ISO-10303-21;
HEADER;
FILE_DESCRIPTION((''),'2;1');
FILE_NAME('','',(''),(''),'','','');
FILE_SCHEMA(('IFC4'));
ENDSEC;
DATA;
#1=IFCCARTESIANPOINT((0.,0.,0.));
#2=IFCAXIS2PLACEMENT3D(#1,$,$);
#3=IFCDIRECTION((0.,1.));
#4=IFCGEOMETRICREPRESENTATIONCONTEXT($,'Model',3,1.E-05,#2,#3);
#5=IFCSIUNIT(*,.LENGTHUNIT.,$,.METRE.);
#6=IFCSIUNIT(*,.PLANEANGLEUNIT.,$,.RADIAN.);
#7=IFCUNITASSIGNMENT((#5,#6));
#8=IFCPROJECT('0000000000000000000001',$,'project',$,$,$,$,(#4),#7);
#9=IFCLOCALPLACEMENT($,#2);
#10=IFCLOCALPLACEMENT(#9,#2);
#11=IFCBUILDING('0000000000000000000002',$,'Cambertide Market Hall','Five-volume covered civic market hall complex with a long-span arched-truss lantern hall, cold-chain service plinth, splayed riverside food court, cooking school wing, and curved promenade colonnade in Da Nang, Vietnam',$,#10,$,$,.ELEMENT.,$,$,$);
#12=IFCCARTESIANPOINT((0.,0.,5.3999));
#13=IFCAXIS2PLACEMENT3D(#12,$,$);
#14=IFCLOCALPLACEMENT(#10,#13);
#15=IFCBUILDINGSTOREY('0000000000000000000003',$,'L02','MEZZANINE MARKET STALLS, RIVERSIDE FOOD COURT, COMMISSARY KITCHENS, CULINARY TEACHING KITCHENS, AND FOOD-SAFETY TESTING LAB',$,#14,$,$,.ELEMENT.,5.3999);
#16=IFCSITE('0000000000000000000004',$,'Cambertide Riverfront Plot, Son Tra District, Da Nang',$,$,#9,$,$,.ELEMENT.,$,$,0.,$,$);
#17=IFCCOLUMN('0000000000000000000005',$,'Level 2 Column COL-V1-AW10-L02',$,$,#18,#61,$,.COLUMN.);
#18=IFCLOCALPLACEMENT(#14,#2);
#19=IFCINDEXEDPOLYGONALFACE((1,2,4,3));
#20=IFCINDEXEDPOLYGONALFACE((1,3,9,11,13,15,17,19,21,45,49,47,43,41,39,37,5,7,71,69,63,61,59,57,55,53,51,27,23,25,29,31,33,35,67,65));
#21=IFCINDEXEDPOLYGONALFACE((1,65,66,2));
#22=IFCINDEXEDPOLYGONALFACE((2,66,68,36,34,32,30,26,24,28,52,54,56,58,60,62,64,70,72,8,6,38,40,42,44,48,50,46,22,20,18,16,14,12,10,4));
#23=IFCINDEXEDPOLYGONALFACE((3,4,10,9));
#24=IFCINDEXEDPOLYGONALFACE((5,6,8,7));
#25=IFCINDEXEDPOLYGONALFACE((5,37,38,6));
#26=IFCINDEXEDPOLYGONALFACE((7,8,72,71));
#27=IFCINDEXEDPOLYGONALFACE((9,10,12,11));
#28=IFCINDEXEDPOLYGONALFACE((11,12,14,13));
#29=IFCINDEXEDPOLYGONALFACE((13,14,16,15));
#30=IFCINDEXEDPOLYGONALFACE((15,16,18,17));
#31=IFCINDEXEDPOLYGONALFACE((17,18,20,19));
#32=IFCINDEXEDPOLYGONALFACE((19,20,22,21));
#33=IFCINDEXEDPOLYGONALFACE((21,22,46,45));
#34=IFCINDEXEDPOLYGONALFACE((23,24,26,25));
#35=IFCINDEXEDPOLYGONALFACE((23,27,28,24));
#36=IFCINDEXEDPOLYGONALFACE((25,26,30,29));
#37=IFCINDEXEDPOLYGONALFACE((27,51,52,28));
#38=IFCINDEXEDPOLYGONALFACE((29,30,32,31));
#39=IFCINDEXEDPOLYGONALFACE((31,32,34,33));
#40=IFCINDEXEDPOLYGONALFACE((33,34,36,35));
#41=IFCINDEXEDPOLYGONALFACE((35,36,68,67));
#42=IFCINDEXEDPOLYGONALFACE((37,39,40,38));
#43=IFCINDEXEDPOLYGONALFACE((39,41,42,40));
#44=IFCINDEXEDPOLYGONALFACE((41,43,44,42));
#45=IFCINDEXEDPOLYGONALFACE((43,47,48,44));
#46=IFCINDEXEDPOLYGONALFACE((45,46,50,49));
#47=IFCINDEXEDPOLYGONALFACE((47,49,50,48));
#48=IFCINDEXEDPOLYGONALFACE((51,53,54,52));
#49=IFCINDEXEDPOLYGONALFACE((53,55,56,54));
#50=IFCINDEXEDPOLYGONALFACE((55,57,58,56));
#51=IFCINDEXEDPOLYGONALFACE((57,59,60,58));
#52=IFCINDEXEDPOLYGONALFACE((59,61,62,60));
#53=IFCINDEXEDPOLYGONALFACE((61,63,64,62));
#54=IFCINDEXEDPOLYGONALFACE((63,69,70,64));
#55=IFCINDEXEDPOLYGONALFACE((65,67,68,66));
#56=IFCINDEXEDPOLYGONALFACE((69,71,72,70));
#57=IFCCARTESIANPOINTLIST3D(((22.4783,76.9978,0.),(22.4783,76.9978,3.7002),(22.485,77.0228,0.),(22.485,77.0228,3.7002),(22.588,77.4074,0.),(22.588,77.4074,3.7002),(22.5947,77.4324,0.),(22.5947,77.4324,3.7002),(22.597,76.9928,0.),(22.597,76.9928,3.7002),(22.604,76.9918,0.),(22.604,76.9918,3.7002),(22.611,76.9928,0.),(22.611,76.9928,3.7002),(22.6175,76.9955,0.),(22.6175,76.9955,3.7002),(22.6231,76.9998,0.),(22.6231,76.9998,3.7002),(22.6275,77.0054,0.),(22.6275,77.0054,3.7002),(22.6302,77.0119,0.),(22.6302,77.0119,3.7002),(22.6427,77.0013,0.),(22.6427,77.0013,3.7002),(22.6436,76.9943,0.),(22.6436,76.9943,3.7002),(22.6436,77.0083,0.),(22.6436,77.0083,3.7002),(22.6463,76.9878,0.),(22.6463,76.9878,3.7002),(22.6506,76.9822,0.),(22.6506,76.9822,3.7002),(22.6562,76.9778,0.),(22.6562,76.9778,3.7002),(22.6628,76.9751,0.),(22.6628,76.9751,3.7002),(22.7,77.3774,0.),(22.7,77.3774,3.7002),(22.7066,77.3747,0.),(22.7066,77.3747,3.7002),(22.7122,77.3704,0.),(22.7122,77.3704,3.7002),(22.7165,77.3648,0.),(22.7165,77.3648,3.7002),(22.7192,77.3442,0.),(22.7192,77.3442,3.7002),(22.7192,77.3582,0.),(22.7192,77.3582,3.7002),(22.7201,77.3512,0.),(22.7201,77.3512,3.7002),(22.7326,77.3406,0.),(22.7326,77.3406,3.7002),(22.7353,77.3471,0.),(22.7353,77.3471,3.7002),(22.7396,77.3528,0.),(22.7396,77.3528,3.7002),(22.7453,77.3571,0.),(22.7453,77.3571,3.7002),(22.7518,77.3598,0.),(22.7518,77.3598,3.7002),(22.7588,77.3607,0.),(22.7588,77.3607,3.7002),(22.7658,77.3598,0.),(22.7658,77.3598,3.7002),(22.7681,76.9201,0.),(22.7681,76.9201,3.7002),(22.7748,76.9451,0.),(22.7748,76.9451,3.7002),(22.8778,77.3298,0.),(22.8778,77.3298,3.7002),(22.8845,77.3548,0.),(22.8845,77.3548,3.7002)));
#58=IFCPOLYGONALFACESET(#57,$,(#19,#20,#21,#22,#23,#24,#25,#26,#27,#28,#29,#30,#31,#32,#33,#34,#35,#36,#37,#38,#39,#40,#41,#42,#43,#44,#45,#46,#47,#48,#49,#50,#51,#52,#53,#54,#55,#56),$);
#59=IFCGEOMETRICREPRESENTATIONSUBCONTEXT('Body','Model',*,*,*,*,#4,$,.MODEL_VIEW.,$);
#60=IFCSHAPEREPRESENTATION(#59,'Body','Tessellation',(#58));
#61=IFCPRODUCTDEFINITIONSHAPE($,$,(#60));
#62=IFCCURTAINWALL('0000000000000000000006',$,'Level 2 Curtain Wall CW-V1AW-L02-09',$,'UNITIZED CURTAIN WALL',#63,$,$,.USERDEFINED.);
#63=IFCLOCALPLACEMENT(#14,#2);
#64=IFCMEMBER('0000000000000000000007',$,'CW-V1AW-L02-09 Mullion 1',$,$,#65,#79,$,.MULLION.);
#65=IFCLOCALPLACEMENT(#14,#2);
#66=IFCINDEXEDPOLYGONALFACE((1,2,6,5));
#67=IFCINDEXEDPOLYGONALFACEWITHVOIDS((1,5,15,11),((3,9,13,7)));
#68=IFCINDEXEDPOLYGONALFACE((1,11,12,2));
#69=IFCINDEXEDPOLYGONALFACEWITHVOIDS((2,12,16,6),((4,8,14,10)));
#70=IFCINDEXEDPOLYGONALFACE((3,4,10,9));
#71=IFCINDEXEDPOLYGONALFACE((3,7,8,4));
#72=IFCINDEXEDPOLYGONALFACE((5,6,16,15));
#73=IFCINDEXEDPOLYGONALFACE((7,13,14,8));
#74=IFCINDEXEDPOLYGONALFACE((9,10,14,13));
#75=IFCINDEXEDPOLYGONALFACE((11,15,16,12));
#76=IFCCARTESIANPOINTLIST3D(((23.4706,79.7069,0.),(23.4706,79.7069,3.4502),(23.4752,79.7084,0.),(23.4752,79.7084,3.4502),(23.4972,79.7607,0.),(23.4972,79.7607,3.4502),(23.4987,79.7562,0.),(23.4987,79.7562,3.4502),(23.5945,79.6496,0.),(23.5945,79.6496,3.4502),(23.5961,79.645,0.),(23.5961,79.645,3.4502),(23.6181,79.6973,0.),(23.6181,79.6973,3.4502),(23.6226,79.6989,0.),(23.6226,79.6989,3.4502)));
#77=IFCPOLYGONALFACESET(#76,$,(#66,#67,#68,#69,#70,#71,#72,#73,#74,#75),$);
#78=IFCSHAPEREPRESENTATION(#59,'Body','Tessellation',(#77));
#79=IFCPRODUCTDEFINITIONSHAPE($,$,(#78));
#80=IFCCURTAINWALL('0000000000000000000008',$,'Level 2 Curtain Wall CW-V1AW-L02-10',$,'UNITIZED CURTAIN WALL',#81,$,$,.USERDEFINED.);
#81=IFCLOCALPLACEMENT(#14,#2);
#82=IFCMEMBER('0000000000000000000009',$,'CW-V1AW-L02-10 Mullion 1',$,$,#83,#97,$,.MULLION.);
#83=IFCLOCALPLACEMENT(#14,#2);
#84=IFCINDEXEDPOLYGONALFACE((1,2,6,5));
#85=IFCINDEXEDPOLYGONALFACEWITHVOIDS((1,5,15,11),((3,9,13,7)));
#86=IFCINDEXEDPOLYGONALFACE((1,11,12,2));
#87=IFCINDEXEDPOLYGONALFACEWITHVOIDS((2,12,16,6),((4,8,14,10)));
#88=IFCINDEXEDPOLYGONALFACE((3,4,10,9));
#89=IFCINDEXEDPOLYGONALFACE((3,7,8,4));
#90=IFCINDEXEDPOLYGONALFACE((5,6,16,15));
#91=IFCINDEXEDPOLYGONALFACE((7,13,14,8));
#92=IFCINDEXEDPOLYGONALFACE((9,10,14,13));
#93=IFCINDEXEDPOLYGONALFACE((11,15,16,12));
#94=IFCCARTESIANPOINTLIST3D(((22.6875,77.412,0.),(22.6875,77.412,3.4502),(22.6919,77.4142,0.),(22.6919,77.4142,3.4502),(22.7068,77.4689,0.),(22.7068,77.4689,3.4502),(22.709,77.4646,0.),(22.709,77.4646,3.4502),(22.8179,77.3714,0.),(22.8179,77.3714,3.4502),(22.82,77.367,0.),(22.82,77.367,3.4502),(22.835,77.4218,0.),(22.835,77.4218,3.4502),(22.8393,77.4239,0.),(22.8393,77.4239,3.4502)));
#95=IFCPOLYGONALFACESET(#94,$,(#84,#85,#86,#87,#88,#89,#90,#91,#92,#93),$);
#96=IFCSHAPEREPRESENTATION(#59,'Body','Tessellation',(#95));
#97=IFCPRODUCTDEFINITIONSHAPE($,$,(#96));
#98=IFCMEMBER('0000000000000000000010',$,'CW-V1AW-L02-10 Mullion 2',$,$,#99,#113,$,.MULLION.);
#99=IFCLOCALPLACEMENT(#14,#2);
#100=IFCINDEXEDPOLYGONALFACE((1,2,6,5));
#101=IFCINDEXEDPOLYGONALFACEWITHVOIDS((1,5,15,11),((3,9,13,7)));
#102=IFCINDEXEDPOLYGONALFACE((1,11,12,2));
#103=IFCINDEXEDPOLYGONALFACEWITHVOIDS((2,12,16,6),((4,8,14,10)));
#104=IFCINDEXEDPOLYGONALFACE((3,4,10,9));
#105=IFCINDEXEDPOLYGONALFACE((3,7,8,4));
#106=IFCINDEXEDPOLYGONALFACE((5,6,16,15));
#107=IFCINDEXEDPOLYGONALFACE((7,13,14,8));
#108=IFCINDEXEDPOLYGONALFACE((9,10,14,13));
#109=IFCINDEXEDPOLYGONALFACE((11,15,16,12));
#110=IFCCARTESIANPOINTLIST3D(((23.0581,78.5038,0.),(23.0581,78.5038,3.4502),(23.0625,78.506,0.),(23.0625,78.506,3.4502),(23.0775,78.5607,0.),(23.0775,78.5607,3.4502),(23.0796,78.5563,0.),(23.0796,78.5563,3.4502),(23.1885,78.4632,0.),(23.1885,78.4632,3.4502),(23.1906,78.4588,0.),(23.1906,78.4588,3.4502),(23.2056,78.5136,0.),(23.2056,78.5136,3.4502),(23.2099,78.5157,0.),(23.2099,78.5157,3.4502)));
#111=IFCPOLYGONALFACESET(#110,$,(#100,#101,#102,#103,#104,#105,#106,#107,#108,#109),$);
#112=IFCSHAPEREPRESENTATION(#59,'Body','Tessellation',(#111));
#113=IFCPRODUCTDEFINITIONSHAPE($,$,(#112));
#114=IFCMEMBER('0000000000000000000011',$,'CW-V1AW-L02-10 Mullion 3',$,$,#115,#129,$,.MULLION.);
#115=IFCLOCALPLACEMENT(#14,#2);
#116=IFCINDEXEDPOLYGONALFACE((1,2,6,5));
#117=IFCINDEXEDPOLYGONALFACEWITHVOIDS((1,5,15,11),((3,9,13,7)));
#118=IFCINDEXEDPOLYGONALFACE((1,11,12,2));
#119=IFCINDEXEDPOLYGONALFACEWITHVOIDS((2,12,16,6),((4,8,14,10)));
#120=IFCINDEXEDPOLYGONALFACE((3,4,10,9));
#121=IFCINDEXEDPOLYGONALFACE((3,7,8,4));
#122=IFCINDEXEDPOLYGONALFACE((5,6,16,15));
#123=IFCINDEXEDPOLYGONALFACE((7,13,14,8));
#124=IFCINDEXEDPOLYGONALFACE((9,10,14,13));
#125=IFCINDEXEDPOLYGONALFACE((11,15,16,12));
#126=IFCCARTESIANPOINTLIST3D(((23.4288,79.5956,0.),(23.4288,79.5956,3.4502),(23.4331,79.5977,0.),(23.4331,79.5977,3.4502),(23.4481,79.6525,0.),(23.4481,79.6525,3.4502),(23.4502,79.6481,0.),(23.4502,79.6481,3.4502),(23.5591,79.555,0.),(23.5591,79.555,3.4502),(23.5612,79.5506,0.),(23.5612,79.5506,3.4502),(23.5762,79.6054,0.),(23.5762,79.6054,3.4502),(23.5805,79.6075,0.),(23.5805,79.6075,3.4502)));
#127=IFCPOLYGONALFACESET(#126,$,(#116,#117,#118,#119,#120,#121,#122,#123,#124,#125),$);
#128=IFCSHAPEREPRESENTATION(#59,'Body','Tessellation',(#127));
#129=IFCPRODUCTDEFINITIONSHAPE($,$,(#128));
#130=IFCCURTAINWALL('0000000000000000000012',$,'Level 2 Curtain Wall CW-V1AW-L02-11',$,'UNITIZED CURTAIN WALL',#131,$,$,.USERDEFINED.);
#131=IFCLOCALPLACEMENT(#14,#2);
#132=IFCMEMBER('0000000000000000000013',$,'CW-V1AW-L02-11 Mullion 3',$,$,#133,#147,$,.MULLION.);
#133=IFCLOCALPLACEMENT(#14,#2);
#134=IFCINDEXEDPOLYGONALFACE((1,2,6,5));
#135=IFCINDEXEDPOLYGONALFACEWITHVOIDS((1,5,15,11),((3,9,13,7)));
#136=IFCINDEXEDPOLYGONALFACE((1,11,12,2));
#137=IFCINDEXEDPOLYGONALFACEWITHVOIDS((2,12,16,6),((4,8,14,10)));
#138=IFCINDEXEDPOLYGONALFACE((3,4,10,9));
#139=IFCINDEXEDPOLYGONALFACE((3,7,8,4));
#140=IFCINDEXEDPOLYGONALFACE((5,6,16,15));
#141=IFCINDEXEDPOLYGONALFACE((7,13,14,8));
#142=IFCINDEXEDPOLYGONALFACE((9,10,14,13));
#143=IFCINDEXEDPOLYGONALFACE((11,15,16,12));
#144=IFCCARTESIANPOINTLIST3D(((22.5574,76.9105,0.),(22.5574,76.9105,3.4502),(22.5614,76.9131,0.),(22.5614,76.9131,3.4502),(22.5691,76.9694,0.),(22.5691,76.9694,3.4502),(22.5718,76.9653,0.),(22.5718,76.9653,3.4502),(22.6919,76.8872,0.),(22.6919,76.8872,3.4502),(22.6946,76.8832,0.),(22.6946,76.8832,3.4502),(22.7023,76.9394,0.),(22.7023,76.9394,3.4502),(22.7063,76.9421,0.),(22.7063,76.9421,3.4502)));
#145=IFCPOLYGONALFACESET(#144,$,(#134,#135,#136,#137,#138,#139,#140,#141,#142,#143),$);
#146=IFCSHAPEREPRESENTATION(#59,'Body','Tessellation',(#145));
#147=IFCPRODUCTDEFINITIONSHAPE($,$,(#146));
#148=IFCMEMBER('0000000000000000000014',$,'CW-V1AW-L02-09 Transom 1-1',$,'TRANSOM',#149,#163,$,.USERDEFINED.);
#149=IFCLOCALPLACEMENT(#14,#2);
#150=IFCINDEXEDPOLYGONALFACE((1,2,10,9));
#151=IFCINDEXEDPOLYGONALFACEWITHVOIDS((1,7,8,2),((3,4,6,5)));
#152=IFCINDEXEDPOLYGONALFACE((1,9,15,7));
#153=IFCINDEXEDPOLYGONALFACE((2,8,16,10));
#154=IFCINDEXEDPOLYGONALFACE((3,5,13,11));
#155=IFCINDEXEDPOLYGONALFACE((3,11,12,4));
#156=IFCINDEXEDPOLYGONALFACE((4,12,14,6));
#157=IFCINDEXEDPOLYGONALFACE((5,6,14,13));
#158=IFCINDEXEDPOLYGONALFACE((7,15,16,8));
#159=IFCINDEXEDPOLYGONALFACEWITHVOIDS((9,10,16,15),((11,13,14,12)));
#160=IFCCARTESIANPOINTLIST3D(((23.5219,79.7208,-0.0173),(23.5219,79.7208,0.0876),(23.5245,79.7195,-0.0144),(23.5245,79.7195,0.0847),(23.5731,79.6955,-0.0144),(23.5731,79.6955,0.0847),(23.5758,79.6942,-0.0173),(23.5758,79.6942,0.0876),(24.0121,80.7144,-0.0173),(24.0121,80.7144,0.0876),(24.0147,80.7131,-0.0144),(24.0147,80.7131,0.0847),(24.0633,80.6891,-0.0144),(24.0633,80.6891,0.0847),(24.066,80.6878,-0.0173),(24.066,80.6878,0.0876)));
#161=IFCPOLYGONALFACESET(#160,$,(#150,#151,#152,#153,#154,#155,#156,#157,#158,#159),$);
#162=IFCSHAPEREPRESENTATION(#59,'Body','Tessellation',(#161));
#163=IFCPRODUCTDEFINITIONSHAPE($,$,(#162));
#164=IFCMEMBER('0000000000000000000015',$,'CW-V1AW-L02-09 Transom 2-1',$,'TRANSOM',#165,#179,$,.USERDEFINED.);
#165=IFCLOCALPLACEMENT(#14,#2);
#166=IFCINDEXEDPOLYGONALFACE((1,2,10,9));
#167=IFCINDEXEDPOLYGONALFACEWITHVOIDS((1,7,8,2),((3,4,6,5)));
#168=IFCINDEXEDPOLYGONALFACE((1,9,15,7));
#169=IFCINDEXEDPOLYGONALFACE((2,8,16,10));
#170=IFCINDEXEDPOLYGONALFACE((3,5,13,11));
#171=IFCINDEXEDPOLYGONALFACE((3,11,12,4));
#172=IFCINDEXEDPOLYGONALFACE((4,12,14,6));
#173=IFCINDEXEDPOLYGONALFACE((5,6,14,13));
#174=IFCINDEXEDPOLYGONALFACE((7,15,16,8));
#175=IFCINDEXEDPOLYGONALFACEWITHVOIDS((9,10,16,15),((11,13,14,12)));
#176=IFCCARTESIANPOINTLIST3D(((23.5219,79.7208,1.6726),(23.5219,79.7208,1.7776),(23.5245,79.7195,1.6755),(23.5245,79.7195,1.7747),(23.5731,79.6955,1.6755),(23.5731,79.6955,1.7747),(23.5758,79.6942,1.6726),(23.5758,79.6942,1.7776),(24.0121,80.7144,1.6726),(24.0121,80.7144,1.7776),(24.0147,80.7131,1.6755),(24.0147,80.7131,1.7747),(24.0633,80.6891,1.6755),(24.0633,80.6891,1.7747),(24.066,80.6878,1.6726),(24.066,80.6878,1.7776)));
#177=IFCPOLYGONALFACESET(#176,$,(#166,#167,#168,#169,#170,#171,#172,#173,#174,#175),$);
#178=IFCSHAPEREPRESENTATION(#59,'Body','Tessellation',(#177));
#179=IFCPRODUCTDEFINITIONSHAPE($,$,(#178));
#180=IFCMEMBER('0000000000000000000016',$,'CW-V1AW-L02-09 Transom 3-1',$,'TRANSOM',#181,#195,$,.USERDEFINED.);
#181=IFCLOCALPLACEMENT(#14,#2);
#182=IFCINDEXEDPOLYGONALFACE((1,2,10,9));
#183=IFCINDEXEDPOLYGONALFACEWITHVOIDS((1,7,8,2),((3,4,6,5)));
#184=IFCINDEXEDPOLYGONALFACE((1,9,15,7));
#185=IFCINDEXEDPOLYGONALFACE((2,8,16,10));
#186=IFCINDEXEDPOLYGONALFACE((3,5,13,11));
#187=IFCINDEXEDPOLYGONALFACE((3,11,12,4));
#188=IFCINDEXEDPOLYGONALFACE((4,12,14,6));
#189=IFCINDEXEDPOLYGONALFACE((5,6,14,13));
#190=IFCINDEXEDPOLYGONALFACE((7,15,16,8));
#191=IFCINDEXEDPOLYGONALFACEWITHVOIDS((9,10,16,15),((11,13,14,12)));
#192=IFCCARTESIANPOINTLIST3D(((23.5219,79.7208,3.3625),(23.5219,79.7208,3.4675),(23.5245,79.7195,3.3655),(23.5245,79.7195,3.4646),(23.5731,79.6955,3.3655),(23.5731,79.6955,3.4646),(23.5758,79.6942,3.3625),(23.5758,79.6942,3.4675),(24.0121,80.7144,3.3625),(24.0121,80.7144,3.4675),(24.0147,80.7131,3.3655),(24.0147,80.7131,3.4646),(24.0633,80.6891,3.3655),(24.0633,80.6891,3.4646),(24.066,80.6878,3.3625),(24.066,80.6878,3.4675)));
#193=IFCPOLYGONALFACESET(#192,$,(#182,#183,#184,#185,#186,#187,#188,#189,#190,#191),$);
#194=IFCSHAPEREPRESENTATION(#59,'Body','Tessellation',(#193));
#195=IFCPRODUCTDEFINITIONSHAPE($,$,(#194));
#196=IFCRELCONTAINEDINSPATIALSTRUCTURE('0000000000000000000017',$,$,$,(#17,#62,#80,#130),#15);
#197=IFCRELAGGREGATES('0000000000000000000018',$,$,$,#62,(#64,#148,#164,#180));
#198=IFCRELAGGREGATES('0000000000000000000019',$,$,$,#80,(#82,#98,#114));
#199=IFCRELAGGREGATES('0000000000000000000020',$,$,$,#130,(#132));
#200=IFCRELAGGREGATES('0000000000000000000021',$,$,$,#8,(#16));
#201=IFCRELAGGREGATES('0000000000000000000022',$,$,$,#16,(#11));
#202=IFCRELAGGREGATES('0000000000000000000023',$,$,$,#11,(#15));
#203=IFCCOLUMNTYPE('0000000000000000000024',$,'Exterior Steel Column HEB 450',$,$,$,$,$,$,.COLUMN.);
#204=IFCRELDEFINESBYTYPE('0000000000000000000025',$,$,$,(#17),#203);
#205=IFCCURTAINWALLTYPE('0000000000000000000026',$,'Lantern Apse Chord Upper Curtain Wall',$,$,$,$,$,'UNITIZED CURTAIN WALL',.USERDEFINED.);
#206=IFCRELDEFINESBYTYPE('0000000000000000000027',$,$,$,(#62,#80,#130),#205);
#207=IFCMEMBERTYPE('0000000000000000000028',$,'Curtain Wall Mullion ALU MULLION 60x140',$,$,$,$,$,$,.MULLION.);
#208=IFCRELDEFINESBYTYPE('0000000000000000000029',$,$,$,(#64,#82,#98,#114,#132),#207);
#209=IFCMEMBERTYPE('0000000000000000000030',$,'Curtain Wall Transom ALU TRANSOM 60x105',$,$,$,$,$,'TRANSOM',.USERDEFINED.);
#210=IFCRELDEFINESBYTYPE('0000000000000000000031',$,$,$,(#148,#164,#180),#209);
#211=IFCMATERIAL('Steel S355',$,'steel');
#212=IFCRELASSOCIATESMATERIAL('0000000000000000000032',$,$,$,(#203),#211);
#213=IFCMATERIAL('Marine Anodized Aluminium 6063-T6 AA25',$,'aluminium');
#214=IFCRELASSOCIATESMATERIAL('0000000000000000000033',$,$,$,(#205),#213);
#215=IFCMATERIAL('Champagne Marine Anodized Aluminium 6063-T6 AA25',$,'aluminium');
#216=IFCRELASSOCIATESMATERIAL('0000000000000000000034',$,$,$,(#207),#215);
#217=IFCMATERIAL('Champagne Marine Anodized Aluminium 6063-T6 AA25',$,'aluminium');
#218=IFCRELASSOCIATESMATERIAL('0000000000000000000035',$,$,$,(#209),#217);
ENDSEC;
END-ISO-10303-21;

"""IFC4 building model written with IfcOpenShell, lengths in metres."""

from ifc_helpers import new_model, si_unit, direction, frame, origin, origin_2d, place, context, subcontext, project, spatial, hollow_rectangle, i_section, extrude, material, material_profile, profile_set, type_object, element, aggregate, save


model = new_model("IFC4")

# Units and contexts
model_context = context("Model", 3, precision=1e-05, world=origin(), true_north=direction((0.0, 1.0)))
body_context = subcontext(model_context, "Body", "Model", "MODEL_VIEW")
ifc_project = project(units=[si_unit("LENGTHUNIT", "METRE"), si_unit("PLANEANGLEUNIT", "RADIAN")], contexts=[model_context])

# Site, building, storey
site_placement = place(None, origin())
site = spatial("IfcSite", under=ifc_project, at=site_placement, Name="Cambertide Riverfront Plot, Son Tra District, Da Nang", CompositionType="ELEMENT", RefElevation=0.0)
building_placement = place(site_placement, origin())
building = spatial("IfcBuilding", under=site, at=building_placement, Name="Cambertide Market Hall", Description="Five-volume covered civic market hall complex with a long-span arched-truss lantern hall, cold-chain service plinth, splayed riverside food court, cooking school wing, and curved promenade colonnade in Da Nang, Vietnam", CompositionType="ELEMENT")
storey_placement = place(building_placement, frame((0.0, 0.0, 5.3999)))
storey = spatial("IfcBuildingStorey", under=building, at=storey_placement, Name="L02", Description="MEZZANINE MARKET STALLS, RIVERSIDE FOOD COURT, COMMISSARY KITCHENS, CULINARY TEACHING KITCHENS, AND FOOD-SAFETY TESTING LAB", CompositionType="ELEMENT", Elevation=5.3999)

# Column
ifc_material_1 = material(Name="Steel S355", Category="steel")
ifc_material_profile_1 = material_profile(ifc_material_1, i_section(OverallWidth=0.3, OverallDepth=0.45, WebThickness=0.0139, FlangeThickness=0.0259, FilletRadius=0.0271, at=origin_2d()), Name="HEB 450")
ifc_profile_set_1 = profile_set([ifc_material_profile_1], Name="Steel S355")
column_type = type_object("IfcColumnType", Name="Exterior Steel Column HEB 450", PredefinedType="COLUMN", material=ifc_profile_set_1)
column_placement = place(storey_placement, frame((22.6814, 77.1763, 0.0), z_axis=(0.0, 0.0, 1.0), x_axis=(-0.965926, 0.258819, 0.0)))
element("IfcColumn", 1, at=column_placement, inside=storey, type_object=column_type, Name="Level 2 Column COL-V1-AW10-L02", PredefinedType="COLUMN", context=body_context, shape_type="SweptSolid", body=[
    extrude(i_section(OverallWidth=0.3, OverallDepth=0.45, WebThickness=0.0139, FlangeThickness=0.0259, FilletRadius=0.0271, at=origin_2d()), origin(), (0.0, 0.0, 1.0), 3.7002),
])

# Curtain wall, member
ifc_material_2 = material(Name="Marine Anodized Aluminium 6063-T6 AA25", Category="aluminium")
curtain_wall_type = type_object("IfcCurtainWallType", Name="Lantern Apse Chord Upper Curtain Wall", ElementType="UNITIZED CURTAIN WALL", PredefinedType="USERDEFINED", material=ifc_material_2)
curtain_wall_1_placement = place(storey_placement, origin())
curtain_wall_1 = element("IfcCurtainWall", 2, at=curtain_wall_1_placement, inside=storey, type_object=curtain_wall_type, Name="Level 2 Curtain Wall CW-V1AW-L02-09", ObjectType="UNITIZED CURTAIN WALL", PredefinedType="USERDEFINED")
ifc_material_3 = material(Name="Champagne Marine Anodized Aluminium 6063-T6 AA25", Category="aluminium")
ifc_material_profile_2 = material_profile(ifc_material_3, hollow_rectangle(XDim=0.0601, YDim=0.1399, WallThickness=0.0034, at=origin_2d()), Name="ALU MULLION 60x140")
ifc_profile_set_2 = profile_set([ifc_material_profile_2], Name="Champagne Marine Anodized Aluminium 6063-T6 AA25")
member_type_1 = type_object("IfcMemberType", Name="Curtain Wall Mullion ALU MULLION 60x140", PredefinedType="MULLION", material=ifc_profile_set_2)
member_1_placement = place(storey_placement, frame((23.5466, 79.7029, 0.0), z_axis=(0.0, 0.0, 1.0), x_axis=(0.442289, 0.896873, 0.0)))
member_1 = element("IfcMember", 3, at=member_1_placement, type_object=member_type_1, Name="CW-V1AW-L02-09 Mullion 1", PredefinedType="MULLION", context=body_context, shape_type="SweptSolid", body=[
    extrude(hollow_rectangle(XDim=0.0601, YDim=0.1399, WallThickness=0.0034, at=origin_2d()), origin(), (0.0, 0.0, 1.0), 3.4502),
])

# Curtain wall, members
curtain_wall_2_placement = place(storey_placement, origin())
curtain_wall_2 = element("IfcCurtainWall", 4, at=curtain_wall_2_placement, inside=storey, type_object=curtain_wall_type, Name="Level 2 Curtain Wall CW-V1AW-L02-10", ObjectType="UNITIZED CURTAIN WALL", PredefinedType="USERDEFINED")
member_2_placement = place(storey_placement, frame((22.7634, 77.418, 0.0), z_axis=(0.0, 0.0, 1.0), x_axis=(0.321439, 0.94693, 0.0)))
member_2 = element("IfcMember", 5, at=member_2_placement, type_object=member_type_1, Name="CW-V1AW-L02-10 Mullion 1", PredefinedType="MULLION", context=body_context, shape_type="SweptSolid", body=[
    extrude(hollow_rectangle(XDim=0.0601, YDim=0.1399, WallThickness=0.0034, at=origin_2d()), origin(), (0.0, 0.0, 1.0), 3.4502),
])
member_3_placement = place(storey_placement, frame((23.134, 78.5098, 0.0), z_axis=(0.0, 0.0, 1.0), x_axis=(0.321439, 0.94693, 0.0)))
member_3 = element("IfcMember", 6, at=member_3_placement, type_object=member_type_1, Name="CW-V1AW-L02-10 Mullion 2", PredefinedType="MULLION", context=body_context, shape_type="SweptSolid", body=[
    extrude(hollow_rectangle(XDim=0.0601, YDim=0.1399, WallThickness=0.0034, at=origin_2d()), origin(), (0.0, 0.0, 1.0), 3.4502),
])
member_4_placement = place(storey_placement, frame((23.5046, 79.6016, 0.0), z_axis=(0.0, 0.0, 1.0), x_axis=(0.321439, 0.94693, 0.0)))
member_4 = element("IfcMember", 7, at=member_4_placement, type_object=member_type_1, Name="CW-V1AW-L02-10 Mullion 3", PredefinedType="MULLION", context=body_context, shape_type="SweptSolid", body=[
    extrude(hollow_rectangle(XDim=0.0601, YDim=0.1399, WallThickness=0.0034, at=origin_2d()), origin(), (0.0, 0.0, 1.0), 3.4502),
])

# Curtain wall, member
curtain_wall_3_placement = place(storey_placement, origin())
curtain_wall_3 = element("IfcCurtainWall", 8, at=curtain_wall_3_placement, inside=storey, type_object=curtain_wall_type, Name="Level 2 Curtain Wall CW-V1AW-L02-11", ObjectType="UNITIZED CURTAIN WALL", PredefinedType="USERDEFINED")
member_5_placement = place(storey_placement, frame((22.6318, 76.9263, 0.0), z_axis=(0.0, 0.0, 1.0), x_axis=(0.19509, 0.980785, 0.0)))
member_5 = element("IfcMember", 9, at=member_5_placement, type_object=member_type_1, Name="CW-V1AW-L02-11 Mullion 3", PredefinedType="MULLION", context=body_context, shape_type="SweptSolid", body=[
    extrude(hollow_rectangle(XDim=0.0601, YDim=0.1399, WallThickness=0.0034, at=origin_2d()), origin(), (0.0, 0.0, 1.0), 3.4502),
])

# Members
ifc_material_4 = material(Name="Champagne Marine Anodized Aluminium 6063-T6 AA25", Category="aluminium")
ifc_material_profile_3 = material_profile(ifc_material_4, hollow_rectangle(XDim=0.0601, YDim=0.105, WallThickness=0.0029, at=origin_2d()), Name="ALU TRANSOM 60x105")
ifc_profile_set_3 = profile_set([ifc_material_profile_3], Name="Champagne Marine Anodized Aluminium 6063-T6 AA25")
member_type_2 = type_object("IfcMemberType", Name="Curtain Wall Transom ALU TRANSOM 60x105", ElementType="TRANSOM", PredefinedType="USERDEFINED", material=ifc_profile_set_3)
member_6_placement = place(storey_placement, frame((23.5488, 79.7075, 0.0352), z_axis=(0.442448, 0.896794, 0.0), x_axis=(-0.896794, 0.442448, 0.0)))
member_6 = element("IfcMember", 10, at=member_6_placement, type_object=member_type_2, Name="CW-V1AW-L02-09 Transom 1-1", ObjectType="TRANSOM", PredefinedType="USERDEFINED", context=body_context, shape_type="SweptSolid", body=[
    extrude(hollow_rectangle(XDim=0.0601, YDim=0.105, WallThickness=0.0029, at=origin_2d()), origin(), (0.0, 0.0, 1.0), 1.1079),
])
member_7_placement = place(storey_placement, frame((23.5488, 79.7075, 1.7251), z_axis=(0.442448, 0.896794, 0.0), x_axis=(-0.896794, 0.442448, 0.0)))
member_7 = element("IfcMember", 11, at=member_7_placement, type_object=member_type_2, Name="CW-V1AW-L02-09 Transom 2-1", ObjectType="TRANSOM", PredefinedType="USERDEFINED", context=body_context, shape_type="SweptSolid", body=[
    extrude(hollow_rectangle(XDim=0.0601, YDim=0.105, WallThickness=0.0029, at=origin_2d()), origin(), (0.0, 0.0, 1.0), 1.1079),
])
member_8_placement = place(storey_placement, frame((23.5488, 79.7075, 3.415), z_axis=(0.442448, 0.896794, 0.0), x_axis=(-0.896794, 0.442448, 0.0)))
member_8 = element("IfcMember", 12, at=member_8_placement, type_object=member_type_2, Name="CW-V1AW-L02-09 Transom 3-1", ObjectType="TRANSOM", PredefinedType="USERDEFINED", context=body_context, shape_type="SweptSolid", body=[
    extrude(hollow_rectangle(XDim=0.0601, YDim=0.105, WallThickness=0.0029, at=origin_2d()), origin(), (0.0, 0.0, 1.0), 1.1079),
])
aggregate(curtain_wall_1, [member_1, member_6, member_7, member_8])

aggregate(curtain_wall_2, [member_2, member_3, member_4])
aggregate(curtain_wall_3, [member_5])

save(model, "model.ifc")
